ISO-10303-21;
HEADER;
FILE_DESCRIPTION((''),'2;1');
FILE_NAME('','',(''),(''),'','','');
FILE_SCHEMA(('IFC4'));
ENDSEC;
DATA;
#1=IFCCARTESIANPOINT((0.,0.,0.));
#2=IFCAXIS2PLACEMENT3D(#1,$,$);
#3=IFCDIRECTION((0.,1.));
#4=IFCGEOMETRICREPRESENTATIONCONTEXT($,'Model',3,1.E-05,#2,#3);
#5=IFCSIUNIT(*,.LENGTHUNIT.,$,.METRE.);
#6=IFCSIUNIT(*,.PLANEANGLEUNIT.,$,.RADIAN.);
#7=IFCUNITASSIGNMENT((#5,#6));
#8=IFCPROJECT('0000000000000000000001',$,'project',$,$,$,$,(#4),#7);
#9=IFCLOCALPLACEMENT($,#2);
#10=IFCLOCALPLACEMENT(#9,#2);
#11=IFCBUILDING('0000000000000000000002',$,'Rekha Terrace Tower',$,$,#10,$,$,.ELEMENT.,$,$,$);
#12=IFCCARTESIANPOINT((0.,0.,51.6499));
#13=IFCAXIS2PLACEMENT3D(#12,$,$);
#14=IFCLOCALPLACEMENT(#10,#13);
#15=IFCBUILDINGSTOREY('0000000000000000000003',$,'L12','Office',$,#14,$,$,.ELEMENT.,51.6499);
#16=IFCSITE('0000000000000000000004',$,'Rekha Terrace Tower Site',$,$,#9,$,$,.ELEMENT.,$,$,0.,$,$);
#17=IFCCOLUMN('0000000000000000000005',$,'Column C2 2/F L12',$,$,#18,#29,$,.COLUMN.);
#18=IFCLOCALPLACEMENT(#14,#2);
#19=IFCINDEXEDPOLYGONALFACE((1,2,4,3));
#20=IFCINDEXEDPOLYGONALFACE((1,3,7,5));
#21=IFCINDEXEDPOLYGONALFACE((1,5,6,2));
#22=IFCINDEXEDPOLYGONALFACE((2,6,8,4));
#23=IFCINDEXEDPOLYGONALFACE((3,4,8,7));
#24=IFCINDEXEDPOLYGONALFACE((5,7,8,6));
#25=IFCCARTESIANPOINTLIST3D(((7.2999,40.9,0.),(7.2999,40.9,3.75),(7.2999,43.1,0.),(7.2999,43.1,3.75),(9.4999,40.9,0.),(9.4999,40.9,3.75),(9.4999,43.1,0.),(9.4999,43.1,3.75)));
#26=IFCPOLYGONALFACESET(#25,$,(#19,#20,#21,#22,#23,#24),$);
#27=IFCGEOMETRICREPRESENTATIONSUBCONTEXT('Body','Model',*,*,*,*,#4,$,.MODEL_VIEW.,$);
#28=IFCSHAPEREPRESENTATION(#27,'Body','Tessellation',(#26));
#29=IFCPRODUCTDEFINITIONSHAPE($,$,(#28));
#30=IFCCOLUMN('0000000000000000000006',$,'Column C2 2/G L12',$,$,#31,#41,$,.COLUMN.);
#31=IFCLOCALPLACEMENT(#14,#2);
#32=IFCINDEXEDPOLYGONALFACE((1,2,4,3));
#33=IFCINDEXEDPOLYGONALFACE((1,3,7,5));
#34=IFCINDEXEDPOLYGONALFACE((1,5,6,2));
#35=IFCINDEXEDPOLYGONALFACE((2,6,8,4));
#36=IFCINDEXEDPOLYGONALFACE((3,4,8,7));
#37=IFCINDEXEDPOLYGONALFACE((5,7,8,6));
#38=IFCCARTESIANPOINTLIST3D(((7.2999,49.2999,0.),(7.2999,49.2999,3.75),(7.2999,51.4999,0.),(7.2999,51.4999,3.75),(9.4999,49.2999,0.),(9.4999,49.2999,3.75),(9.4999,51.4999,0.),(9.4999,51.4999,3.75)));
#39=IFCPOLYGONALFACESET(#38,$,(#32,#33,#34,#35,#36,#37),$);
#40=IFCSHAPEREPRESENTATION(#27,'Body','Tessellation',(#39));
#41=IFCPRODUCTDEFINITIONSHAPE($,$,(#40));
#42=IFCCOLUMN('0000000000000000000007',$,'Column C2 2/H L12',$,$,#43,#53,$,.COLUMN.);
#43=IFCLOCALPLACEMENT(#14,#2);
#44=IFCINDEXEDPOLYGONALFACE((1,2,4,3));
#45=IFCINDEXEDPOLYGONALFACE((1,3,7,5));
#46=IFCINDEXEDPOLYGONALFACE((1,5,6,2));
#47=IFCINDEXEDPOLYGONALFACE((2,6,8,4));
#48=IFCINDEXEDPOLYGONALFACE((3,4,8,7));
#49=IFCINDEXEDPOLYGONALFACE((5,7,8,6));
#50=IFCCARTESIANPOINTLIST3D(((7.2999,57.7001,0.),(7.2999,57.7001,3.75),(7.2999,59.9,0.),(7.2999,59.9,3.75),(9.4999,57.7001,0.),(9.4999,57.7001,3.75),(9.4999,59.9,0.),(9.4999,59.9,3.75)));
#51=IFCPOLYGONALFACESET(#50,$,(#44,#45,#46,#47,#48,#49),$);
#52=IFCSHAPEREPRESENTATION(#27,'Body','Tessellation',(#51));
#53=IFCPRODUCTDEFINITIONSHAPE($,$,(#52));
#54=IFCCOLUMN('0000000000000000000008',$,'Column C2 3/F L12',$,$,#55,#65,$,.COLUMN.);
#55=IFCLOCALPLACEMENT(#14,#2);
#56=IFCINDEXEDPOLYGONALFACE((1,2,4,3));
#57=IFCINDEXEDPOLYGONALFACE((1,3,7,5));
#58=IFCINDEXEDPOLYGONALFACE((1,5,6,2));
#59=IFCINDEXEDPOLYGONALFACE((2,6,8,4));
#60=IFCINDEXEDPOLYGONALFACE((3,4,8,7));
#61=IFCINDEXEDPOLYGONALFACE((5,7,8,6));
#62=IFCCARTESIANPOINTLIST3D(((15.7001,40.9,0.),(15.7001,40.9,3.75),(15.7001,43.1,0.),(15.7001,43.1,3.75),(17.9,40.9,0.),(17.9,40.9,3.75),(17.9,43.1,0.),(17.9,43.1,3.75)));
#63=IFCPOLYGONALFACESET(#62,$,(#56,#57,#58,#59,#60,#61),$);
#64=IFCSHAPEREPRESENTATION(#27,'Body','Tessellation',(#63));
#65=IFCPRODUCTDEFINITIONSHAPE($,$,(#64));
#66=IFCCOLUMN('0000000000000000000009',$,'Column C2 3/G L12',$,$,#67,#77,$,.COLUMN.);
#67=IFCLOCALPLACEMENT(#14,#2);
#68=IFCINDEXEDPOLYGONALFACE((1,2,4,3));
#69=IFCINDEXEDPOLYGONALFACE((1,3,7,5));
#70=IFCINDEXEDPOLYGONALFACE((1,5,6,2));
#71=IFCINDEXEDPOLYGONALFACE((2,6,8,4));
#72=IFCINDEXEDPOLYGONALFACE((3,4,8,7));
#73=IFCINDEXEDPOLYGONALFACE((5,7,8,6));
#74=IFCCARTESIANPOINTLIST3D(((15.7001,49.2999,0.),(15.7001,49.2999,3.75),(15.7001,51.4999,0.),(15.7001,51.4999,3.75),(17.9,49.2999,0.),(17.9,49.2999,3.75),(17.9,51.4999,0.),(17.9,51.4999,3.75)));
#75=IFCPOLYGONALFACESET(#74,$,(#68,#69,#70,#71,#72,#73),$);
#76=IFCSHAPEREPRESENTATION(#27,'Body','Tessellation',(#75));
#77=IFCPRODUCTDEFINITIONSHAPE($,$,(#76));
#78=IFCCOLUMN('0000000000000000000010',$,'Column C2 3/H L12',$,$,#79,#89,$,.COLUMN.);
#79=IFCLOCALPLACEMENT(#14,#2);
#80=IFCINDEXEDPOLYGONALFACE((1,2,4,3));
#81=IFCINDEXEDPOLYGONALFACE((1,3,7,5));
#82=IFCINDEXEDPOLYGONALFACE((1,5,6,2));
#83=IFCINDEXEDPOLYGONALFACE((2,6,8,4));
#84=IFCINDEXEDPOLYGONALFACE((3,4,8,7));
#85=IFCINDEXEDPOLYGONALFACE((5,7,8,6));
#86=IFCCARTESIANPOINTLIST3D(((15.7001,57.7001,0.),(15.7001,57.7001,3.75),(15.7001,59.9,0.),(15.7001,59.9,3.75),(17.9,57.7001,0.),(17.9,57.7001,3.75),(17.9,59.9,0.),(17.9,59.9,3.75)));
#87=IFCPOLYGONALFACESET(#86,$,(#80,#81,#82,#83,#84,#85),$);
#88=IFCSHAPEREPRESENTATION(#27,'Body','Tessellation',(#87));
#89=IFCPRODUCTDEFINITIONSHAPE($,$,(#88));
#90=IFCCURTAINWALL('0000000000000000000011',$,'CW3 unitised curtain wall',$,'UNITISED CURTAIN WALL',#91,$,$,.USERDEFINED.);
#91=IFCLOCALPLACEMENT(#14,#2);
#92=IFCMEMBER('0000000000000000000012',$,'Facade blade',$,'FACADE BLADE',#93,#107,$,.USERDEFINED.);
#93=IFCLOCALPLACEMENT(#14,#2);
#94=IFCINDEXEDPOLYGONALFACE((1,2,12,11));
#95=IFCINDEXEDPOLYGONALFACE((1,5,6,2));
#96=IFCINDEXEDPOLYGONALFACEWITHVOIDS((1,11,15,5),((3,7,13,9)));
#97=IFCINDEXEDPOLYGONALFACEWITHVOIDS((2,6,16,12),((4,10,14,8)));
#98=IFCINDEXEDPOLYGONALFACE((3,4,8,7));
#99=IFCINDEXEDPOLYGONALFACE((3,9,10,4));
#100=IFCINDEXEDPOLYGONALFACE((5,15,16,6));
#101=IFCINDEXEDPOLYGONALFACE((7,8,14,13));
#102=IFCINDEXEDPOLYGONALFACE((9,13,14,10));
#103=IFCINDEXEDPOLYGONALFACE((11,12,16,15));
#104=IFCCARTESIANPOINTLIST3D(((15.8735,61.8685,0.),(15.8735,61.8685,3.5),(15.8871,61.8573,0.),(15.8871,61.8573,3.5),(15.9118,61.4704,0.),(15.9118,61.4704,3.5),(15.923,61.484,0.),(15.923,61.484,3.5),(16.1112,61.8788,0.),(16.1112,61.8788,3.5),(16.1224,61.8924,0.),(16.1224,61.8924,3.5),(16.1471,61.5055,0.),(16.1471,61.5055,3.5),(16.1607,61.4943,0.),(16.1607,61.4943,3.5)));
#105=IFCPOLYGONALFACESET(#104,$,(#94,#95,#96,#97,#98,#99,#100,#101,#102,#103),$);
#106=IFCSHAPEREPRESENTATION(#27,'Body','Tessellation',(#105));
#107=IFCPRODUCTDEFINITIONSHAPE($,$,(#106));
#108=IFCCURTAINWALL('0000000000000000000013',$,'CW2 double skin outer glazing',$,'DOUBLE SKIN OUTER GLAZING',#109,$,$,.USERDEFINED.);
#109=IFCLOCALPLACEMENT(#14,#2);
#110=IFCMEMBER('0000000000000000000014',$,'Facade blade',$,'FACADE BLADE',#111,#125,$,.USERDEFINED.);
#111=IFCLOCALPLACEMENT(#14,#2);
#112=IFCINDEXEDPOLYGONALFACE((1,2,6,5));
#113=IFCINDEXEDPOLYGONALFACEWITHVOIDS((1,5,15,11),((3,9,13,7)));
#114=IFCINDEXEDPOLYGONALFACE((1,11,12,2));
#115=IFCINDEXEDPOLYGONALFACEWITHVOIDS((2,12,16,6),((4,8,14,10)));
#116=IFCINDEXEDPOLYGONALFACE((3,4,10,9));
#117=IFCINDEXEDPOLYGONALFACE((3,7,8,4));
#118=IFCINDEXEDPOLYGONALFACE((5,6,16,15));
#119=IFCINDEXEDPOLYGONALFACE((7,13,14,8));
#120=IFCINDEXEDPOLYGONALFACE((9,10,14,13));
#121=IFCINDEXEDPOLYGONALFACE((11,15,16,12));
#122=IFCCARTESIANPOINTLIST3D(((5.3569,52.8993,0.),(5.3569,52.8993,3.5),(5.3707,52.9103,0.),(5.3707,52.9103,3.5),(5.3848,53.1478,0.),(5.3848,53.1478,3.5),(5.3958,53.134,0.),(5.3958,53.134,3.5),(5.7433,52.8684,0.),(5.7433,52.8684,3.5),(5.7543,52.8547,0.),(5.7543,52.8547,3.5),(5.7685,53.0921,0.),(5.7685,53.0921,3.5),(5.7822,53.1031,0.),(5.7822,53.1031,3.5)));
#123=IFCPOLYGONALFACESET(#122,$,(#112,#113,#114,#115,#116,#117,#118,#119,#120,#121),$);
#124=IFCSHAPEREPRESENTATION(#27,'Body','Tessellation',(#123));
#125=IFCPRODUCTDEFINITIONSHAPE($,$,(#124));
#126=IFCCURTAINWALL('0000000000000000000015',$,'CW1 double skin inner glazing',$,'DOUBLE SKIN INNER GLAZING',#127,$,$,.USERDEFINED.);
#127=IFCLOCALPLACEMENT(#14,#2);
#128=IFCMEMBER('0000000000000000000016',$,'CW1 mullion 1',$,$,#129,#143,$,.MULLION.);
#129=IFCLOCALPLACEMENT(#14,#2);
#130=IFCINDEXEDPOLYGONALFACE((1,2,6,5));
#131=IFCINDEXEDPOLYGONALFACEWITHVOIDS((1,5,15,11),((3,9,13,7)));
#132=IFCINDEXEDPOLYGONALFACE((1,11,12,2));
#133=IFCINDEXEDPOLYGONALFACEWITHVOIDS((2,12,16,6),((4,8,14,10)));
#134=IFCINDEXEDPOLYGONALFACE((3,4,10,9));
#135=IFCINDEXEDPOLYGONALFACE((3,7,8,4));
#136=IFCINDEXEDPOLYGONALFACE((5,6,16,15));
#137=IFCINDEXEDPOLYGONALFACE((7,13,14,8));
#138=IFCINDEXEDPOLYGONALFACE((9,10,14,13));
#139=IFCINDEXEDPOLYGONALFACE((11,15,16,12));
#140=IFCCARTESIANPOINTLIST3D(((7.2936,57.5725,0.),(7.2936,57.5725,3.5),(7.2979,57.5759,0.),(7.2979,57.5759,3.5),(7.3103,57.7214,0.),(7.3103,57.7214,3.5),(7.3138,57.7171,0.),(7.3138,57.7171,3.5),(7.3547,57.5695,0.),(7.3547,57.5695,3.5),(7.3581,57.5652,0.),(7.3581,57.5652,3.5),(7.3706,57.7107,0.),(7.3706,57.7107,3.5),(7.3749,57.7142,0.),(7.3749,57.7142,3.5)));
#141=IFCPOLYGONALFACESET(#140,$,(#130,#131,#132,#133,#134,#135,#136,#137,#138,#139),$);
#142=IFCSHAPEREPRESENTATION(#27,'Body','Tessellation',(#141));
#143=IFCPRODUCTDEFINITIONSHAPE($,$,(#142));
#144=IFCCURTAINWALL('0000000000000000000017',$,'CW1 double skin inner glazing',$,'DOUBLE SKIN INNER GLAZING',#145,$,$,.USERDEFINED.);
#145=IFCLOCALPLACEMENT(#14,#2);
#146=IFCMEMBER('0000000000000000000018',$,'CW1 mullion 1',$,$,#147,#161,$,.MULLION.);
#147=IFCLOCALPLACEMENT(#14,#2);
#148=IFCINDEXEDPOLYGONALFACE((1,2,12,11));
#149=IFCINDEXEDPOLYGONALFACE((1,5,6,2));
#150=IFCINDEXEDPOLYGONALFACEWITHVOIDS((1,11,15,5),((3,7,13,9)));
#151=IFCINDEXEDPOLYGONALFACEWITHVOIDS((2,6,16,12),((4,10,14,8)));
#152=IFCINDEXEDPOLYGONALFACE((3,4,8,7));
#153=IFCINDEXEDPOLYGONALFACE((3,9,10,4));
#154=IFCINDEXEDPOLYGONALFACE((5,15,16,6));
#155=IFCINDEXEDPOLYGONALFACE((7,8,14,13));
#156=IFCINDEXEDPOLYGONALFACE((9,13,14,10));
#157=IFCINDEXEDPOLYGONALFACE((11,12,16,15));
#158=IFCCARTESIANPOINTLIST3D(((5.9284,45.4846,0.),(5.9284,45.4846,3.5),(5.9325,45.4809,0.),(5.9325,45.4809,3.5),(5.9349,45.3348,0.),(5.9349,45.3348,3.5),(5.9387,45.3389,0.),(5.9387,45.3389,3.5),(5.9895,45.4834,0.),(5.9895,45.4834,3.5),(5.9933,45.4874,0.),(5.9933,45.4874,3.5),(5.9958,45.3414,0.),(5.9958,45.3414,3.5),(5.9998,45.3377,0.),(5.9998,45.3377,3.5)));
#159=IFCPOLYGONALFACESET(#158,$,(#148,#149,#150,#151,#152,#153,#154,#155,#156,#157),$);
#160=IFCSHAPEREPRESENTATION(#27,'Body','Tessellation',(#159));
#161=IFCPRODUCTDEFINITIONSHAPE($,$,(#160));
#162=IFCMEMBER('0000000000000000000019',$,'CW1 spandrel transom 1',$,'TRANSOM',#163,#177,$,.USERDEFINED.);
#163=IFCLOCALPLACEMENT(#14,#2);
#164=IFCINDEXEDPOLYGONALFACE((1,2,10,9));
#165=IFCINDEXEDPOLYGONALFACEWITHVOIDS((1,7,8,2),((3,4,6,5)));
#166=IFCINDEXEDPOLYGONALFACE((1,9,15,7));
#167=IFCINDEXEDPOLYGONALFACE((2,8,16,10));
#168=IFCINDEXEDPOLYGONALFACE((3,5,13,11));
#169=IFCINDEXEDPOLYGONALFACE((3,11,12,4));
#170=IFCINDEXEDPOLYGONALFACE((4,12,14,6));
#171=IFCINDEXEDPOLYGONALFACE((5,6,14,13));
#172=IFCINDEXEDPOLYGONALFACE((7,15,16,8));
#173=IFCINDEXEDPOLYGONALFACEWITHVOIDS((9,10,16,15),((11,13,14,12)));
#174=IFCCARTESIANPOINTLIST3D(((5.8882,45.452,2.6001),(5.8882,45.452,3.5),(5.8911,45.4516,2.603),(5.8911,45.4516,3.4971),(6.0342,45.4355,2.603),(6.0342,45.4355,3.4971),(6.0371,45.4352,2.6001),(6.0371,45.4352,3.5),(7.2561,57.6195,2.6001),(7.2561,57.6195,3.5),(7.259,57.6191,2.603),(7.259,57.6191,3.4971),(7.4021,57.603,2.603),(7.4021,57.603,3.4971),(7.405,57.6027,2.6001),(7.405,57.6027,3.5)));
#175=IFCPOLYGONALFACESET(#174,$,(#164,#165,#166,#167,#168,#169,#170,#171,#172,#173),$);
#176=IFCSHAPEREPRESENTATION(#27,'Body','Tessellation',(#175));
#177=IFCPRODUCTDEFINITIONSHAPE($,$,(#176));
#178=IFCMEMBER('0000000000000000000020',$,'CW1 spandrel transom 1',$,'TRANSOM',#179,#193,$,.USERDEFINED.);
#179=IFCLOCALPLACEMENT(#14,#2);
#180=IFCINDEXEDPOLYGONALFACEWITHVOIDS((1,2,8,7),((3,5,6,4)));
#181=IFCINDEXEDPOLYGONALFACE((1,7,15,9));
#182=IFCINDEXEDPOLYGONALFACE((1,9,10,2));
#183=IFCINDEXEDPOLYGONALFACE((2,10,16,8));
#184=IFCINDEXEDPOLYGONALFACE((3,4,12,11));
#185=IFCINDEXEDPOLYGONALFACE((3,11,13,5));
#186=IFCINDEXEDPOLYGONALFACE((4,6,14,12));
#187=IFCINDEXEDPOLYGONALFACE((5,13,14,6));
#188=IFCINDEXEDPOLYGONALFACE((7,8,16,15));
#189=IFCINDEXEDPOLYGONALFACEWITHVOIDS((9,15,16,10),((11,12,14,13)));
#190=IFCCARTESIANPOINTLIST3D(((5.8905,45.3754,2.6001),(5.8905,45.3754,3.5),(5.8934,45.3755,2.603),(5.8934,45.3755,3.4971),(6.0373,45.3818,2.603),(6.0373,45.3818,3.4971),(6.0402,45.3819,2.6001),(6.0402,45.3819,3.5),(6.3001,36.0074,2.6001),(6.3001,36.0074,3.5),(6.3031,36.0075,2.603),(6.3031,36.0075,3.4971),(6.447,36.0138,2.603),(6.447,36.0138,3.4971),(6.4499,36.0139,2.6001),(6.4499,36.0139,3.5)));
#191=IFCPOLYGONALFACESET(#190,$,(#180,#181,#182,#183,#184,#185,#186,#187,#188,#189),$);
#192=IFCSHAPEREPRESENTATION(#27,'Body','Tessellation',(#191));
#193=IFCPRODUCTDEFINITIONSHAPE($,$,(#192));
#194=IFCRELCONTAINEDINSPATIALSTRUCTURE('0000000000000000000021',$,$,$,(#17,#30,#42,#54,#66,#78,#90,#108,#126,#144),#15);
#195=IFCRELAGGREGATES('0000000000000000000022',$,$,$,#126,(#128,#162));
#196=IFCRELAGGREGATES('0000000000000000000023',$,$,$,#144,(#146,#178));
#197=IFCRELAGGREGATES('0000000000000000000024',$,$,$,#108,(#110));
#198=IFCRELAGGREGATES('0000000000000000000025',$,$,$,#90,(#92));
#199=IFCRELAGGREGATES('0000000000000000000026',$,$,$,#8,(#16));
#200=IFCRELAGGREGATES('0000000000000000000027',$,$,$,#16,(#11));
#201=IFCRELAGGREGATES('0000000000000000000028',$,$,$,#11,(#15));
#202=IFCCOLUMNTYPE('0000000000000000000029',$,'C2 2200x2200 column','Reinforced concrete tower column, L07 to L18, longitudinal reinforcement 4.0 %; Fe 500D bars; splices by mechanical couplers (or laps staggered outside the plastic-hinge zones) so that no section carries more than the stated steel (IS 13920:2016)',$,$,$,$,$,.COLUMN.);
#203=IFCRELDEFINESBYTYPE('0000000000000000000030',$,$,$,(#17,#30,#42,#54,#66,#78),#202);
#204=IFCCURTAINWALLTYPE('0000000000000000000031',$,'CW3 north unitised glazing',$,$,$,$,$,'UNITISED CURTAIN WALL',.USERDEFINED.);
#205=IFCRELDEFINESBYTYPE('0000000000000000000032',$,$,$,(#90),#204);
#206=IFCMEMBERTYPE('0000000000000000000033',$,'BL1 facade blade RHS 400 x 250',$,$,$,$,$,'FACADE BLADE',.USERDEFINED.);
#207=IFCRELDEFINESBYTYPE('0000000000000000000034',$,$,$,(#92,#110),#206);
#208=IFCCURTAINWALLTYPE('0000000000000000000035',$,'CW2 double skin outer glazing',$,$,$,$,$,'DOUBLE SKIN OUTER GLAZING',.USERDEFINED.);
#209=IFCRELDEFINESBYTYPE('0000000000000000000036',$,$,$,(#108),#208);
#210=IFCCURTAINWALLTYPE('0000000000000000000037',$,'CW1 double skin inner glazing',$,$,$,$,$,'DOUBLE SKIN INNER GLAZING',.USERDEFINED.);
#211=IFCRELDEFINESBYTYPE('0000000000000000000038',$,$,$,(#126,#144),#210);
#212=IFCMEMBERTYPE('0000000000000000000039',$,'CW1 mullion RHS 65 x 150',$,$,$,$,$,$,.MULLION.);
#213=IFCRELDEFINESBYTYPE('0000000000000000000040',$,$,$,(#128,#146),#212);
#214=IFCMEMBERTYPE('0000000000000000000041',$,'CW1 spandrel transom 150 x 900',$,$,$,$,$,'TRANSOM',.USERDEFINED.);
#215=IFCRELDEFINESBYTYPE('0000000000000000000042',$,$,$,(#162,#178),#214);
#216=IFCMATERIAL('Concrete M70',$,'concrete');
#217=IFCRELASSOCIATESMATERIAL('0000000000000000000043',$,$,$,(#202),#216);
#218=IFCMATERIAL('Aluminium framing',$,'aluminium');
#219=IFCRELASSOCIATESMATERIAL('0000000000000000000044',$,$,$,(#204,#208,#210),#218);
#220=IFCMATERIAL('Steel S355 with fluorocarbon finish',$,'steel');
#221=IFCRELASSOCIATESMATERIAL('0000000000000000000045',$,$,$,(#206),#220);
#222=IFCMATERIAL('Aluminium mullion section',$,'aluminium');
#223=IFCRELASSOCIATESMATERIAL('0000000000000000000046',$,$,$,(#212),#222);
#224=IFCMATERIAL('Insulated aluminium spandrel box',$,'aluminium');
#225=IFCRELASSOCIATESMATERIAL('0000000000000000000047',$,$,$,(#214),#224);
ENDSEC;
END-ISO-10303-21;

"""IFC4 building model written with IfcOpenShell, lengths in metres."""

from ifc_helpers import new_model, si_unit, direction, frame, origin, origin_2d, place, context, subcontext, project, spatial, rectangle, hollow_rectangle, extrude, material, material_profile, profile_set, type_object, element, aggregate, save


model = new_model("IFC4")

# Units and contexts
model_context = context("Model", 3, precision=1e-05, world=origin(), true_north=direction((0.0, 1.0)))
body_context = subcontext(model_context, "Body", "Model", "MODEL_VIEW")
ifc_project = project(units=[si_unit("LENGTHUNIT", "METRE"), si_unit("PLANEANGLEUNIT", "RADIAN")], contexts=[model_context])

# Site, building, storey
site_placement = place(None, origin())
site = spatial("IfcSite", under=ifc_project, at=site_placement, Name="Rekha Terrace Tower Site", CompositionType="ELEMENT", RefElevation=0.0)
building_placement = place(site_placement, origin())
building = spatial("IfcBuilding", under=site, at=building_placement, Name="Rekha Terrace Tower", CompositionType="ELEMENT")
storey_placement = place(building_placement, frame((0.0, 0.0, 51.6499)))
storey = spatial("IfcBuildingStorey", under=building, at=storey_placement, Name="L12", Description="Office", CompositionType="ELEMENT", Elevation=51.6499)

# Columns
ifc_material_1 = material(Name="Concrete M70", Category="concrete")
ifc_material_profile_1 = material_profile(ifc_material_1, rectangle(XDim=2.2, YDim=2.2, at=origin_2d()), Name="RC 2200x2200")
ifc_profile_set_1 = profile_set([ifc_material_profile_1], Name="Concrete M70")
column_type = type_object("IfcColumnType", Name="C2 2200x2200 column", Description="Reinforced concrete tower column, L07 to L18, longitudinal reinforcement 4.0 %; Fe 500D bars; splices by mechanical couplers (or laps staggered outside the plastic-hinge zones) so that no section carries more than the stated steel (IS 13920:2016)", PredefinedType="COLUMN", material=ifc_profile_set_1)
for number, where, z_axis, x_axis, name in (
    (1, (8.3999, 42.0, 0.0), (0.0, 0.0, 1.0), (1.0, 0.0, 0.0), "Column C2 2/F L12"),
    (2, (8.3999, 50.3999, 0.0), (0.0, 0.0, 1.0), (1.0, 0.0, 0.0), "Column C2 2/G L12"),
    (3, (8.3999, 58.8, 0.0), (0.0, 0.0, 1.0), (1.0, 0.0, 0.0), "Column C2 2/H L12"),
    (4, (16.8, 42.0, 0.0), (0.0, 0.0, 1.0), (1.0, 0.0, 0.0), "Column C2 3/F L12"),
    (5, (16.8, 50.3999, 0.0), (0.0, 0.0, 1.0), (1.0, 0.0, 0.0), "Column C2 3/G L12"),
    (6, (16.8, 58.8, 0.0), (0.0, 0.0, 1.0), (1.0, 0.0, 0.0), "Column C2 3/H L12"),
):
    element("IfcColumn", number, at=place(storey_placement, frame(where, z_axis=z_axis, x_axis=x_axis)), inside=storey, type_object=column_type, Name=name, PredefinedType="COLUMN", context=body_context, shape_type="SweptSolid", body=[
        extrude(rectangle(XDim=2.2, YDim=2.2, at=origin_2d()), origin(), (0.0, 0.0, 1.0), 3.75),
    ])

# Curtain walls, members
ifc_material_2 = material(Name="Aluminium framing", Category="aluminium")
curtain_wall_type_1 = type_object("IfcCurtainWallType", Name="CW3 north unitised glazing", ElementType="UNITISED CURTAIN WALL", PredefinedType="USERDEFINED", material=ifc_material_2)
curtain_wall_1_placement = place(storey_placement, origin())
curtain_wall_1 = element("IfcCurtainWall", 7, at=curtain_wall_1_placement, inside=storey, type_object=curtain_wall_type_1, Name="CW3 unitised curtain wall", ObjectType="UNITISED CURTAIN WALL", PredefinedType="USERDEFINED")
ifc_material_3 = material(Name="Steel S355 with fluorocarbon finish", Category="steel")
ifc_material_profile_2 = material_profile(ifc_material_3, hollow_rectangle(XDim=0.25, YDim=0.3999, WallThickness=0.0125, at=origin_2d()), Name="RHS400x250x12.5")
ifc_profile_set_2 = profile_set([ifc_material_profile_2], Name="Steel S355 with fluorocarbon finish")
member_type_1 = type_object("IfcMemberType", Name="BL1 facade blade RHS 400 x 250", ElementType="FACADE BLADE", PredefinedType="USERDEFINED", material=ifc_profile_set_2)
member_1_placement = place(storey_placement, frame((16.0171, 61.6814, 0.0), z_axis=(0.0, 0.0, 1.0), x_axis=(-0.995409, -0.095712, 0.0)))
member_1 = element("IfcMember", 8, at=member_1_placement, type_object=member_type_1, Name="Facade blade", ObjectType="FACADE BLADE", PredefinedType="USERDEFINED", context=body_context, shape_type="SweptSolid", body=[
    extrude(hollow_rectangle(XDim=0.25, YDim=0.3999, WallThickness=0.0125, at=origin_2d()), origin(), (0.0, 0.0, 1.0), 3.5),
])
curtain_wall_type_2 = type_object("IfcCurtainWallType", Name="CW2 double skin outer glazing", ElementType="DOUBLE SKIN OUTER GLAZING", PredefinedType="USERDEFINED", material=ifc_material_2)
curtain_wall_2_placement = place(storey_placement, origin())
curtain_wall_2 = element("IfcCurtainWall", 9, at=curtain_wall_2_placement, inside=storey, type_object=curtain_wall_type_2, Name="CW2 double skin outer glazing", ObjectType="DOUBLE SKIN OUTER GLAZING", PredefinedType="USERDEFINED")
member_2_placement = place(storey_placement, frame((5.5696, 53.0012, 0.0), z_axis=(0.0, 0.0, 1.0), x_axis=(-0.111729, -0.993739, 0.0)))
member_2 = element("IfcMember", 10, at=member_2_placement, type_object=member_type_1, Name="Facade blade", ObjectType="FACADE BLADE", PredefinedType="USERDEFINED", context=body_context, shape_type="SweptSolid", body=[
    extrude(hollow_rectangle(XDim=0.25, YDim=0.3999, WallThickness=0.0125, at=origin_2d()), origin(), (0.0, 0.0, 1.0), 3.5),
])
curtain_wall_type_3 = type_object("IfcCurtainWallType", Name="CW1 double skin inner glazing", ElementType="DOUBLE SKIN INNER GLAZING", PredefinedType="USERDEFINED", material=ifc_material_2)
curtain_wall_3_placement = place(storey_placement, origin())
curtain_wall_3 = element("IfcCurtainWall", 11, at=curtain_wall_3_placement, inside=storey, type_object=curtain_wall_type_3, Name="CW1 double skin inner glazing", ObjectType="DOUBLE SKIN INNER GLAZING", PredefinedType="USERDEFINED")
ifc_material_4 = material(Name="Aluminium mullion section", Category="aluminium")
ifc_material_profile_3 = material_profile(ifc_material_4, hollow_rectangle(XDim=0.0649, YDim=0.1499, WallThickness=0.0039, at=origin_2d()), Name="AL RHS 65x150")
ifc_profile_set_3 = profile_set([ifc_material_profile_3], Name="Aluminium mullion section")
member_type_2 = type_object("IfcMemberType", Name="CW1 mullion RHS 65 x 150", PredefinedType="MULLION", material=ifc_profile_set_3)
member_3_placement = place(storey_placement, frame((7.3342, 57.6433, 0.0), z_axis=(0.0, 0.0, 1.0), x_axis=(0.993739, -0.11173, 0.0)))
member_3 = element("IfcMember", 12, at=member_3_placement, type_object=member_type_2, Name="CW1 mullion 1", PredefinedType="MULLION", context=body_context, shape_type="SweptSolid", body=[
    extrude(hollow_rectangle(XDim=0.0649, YDim=0.1499, WallThickness=0.0039, at=origin_2d()), origin(), (0.0, 0.0, 1.0), 3.5),
])
curtain_wall_4_placement = place(storey_placement, origin())
curtain_wall_4 = element("IfcCurtainWall", 13, at=curtain_wall_4_placement, inside=storey, type_object=curtain_wall_type_3, Name="CW1 double skin inner glazing", ObjectType="DOUBLE SKIN INNER GLAZING", PredefinedType="USERDEFINED")
member_4_placement = place(storey_placement, frame((5.9641, 45.4111, 0.0), z_axis=(0.0, 0.0, 1.0), x_axis=(0.999045, 0.043683, 0.0)))
member_4 = element("IfcMember", 14, at=member_4_placement, type_object=member_type_2, Name="CW1 mullion 1", PredefinedType="MULLION", context=body_context, shape_type="SweptSolid", body=[
    extrude(hollow_rectangle(XDim=0.0649, YDim=0.1499, WallThickness=0.0039, at=origin_2d()), origin(), (0.0, 0.0, 1.0), 3.5),
])

# Members
ifc_material_5 = material(Name="Insulated aluminium spandrel box", Category="aluminium")
ifc_material_profile_4 = material_profile(ifc_material_5, hollow_rectangle(XDim=0.1499, YDim=0.8999, WallThickness=0.0029, at=origin_2d()), Name="AL SPANDREL BOX 150x900")
ifc_profile_set_4 = profile_set([ifc_material_profile_4], Name="Insulated aluminium spandrel box")
member_type_3 = type_object("IfcMemberType", Name="CW1 spandrel transom 150 x 900", ElementType="TRANSOM", PredefinedType="USERDEFINED", material=ifc_profile_set_4)
member_5_placement = place(storey_placement, frame((7.3306, 57.6111, 3.05), z_axis=(-0.11172, -0.99374, 0.0), x_axis=(0.99374, -0.11172, 0.0)))
member_5 = element("IfcMember", 15, at=member_5_placement, type_object=member_type_3, Name="CW1 spandrel transom 1", ObjectType="TRANSOM", PredefinedType="USERDEFINED", context=body_context, shape_type="SweptSolid", body=[
    extrude(hollow_rectangle(XDim=0.1499, YDim=0.8999, WallThickness=0.0029, at=origin_2d()), origin(), (0.0, 0.0, 1.0), 12.2441),
])
member_6_placement = place(storey_placement, frame((5.9653, 45.3787, 3.05), z_axis=(0.043689, -0.999045, 0.0), x_axis=(0.999045, 0.043689, 0.0)))
member_6 = element("IfcMember", 16, at=member_6_placement, type_object=member_type_3, Name="CW1 spandrel transom 1", ObjectType="TRANSOM", PredefinedType="USERDEFINED", context=body_context, shape_type="SweptSolid", body=[
    extrude(hollow_rectangle(XDim=0.1499, YDim=0.8999, WallThickness=0.0029, at=origin_2d()), origin(), (0.0, 0.0, 1.0), 9.377),
])

aggregate(curtain_wall_3, [member_3, member_5])
aggregate(curtain_wall_4, [member_4, member_6])
aggregate(curtain_wall_2, [member_2])
aggregate(curtain_wall_1, [member_1])

save(model, "model.ifc")
